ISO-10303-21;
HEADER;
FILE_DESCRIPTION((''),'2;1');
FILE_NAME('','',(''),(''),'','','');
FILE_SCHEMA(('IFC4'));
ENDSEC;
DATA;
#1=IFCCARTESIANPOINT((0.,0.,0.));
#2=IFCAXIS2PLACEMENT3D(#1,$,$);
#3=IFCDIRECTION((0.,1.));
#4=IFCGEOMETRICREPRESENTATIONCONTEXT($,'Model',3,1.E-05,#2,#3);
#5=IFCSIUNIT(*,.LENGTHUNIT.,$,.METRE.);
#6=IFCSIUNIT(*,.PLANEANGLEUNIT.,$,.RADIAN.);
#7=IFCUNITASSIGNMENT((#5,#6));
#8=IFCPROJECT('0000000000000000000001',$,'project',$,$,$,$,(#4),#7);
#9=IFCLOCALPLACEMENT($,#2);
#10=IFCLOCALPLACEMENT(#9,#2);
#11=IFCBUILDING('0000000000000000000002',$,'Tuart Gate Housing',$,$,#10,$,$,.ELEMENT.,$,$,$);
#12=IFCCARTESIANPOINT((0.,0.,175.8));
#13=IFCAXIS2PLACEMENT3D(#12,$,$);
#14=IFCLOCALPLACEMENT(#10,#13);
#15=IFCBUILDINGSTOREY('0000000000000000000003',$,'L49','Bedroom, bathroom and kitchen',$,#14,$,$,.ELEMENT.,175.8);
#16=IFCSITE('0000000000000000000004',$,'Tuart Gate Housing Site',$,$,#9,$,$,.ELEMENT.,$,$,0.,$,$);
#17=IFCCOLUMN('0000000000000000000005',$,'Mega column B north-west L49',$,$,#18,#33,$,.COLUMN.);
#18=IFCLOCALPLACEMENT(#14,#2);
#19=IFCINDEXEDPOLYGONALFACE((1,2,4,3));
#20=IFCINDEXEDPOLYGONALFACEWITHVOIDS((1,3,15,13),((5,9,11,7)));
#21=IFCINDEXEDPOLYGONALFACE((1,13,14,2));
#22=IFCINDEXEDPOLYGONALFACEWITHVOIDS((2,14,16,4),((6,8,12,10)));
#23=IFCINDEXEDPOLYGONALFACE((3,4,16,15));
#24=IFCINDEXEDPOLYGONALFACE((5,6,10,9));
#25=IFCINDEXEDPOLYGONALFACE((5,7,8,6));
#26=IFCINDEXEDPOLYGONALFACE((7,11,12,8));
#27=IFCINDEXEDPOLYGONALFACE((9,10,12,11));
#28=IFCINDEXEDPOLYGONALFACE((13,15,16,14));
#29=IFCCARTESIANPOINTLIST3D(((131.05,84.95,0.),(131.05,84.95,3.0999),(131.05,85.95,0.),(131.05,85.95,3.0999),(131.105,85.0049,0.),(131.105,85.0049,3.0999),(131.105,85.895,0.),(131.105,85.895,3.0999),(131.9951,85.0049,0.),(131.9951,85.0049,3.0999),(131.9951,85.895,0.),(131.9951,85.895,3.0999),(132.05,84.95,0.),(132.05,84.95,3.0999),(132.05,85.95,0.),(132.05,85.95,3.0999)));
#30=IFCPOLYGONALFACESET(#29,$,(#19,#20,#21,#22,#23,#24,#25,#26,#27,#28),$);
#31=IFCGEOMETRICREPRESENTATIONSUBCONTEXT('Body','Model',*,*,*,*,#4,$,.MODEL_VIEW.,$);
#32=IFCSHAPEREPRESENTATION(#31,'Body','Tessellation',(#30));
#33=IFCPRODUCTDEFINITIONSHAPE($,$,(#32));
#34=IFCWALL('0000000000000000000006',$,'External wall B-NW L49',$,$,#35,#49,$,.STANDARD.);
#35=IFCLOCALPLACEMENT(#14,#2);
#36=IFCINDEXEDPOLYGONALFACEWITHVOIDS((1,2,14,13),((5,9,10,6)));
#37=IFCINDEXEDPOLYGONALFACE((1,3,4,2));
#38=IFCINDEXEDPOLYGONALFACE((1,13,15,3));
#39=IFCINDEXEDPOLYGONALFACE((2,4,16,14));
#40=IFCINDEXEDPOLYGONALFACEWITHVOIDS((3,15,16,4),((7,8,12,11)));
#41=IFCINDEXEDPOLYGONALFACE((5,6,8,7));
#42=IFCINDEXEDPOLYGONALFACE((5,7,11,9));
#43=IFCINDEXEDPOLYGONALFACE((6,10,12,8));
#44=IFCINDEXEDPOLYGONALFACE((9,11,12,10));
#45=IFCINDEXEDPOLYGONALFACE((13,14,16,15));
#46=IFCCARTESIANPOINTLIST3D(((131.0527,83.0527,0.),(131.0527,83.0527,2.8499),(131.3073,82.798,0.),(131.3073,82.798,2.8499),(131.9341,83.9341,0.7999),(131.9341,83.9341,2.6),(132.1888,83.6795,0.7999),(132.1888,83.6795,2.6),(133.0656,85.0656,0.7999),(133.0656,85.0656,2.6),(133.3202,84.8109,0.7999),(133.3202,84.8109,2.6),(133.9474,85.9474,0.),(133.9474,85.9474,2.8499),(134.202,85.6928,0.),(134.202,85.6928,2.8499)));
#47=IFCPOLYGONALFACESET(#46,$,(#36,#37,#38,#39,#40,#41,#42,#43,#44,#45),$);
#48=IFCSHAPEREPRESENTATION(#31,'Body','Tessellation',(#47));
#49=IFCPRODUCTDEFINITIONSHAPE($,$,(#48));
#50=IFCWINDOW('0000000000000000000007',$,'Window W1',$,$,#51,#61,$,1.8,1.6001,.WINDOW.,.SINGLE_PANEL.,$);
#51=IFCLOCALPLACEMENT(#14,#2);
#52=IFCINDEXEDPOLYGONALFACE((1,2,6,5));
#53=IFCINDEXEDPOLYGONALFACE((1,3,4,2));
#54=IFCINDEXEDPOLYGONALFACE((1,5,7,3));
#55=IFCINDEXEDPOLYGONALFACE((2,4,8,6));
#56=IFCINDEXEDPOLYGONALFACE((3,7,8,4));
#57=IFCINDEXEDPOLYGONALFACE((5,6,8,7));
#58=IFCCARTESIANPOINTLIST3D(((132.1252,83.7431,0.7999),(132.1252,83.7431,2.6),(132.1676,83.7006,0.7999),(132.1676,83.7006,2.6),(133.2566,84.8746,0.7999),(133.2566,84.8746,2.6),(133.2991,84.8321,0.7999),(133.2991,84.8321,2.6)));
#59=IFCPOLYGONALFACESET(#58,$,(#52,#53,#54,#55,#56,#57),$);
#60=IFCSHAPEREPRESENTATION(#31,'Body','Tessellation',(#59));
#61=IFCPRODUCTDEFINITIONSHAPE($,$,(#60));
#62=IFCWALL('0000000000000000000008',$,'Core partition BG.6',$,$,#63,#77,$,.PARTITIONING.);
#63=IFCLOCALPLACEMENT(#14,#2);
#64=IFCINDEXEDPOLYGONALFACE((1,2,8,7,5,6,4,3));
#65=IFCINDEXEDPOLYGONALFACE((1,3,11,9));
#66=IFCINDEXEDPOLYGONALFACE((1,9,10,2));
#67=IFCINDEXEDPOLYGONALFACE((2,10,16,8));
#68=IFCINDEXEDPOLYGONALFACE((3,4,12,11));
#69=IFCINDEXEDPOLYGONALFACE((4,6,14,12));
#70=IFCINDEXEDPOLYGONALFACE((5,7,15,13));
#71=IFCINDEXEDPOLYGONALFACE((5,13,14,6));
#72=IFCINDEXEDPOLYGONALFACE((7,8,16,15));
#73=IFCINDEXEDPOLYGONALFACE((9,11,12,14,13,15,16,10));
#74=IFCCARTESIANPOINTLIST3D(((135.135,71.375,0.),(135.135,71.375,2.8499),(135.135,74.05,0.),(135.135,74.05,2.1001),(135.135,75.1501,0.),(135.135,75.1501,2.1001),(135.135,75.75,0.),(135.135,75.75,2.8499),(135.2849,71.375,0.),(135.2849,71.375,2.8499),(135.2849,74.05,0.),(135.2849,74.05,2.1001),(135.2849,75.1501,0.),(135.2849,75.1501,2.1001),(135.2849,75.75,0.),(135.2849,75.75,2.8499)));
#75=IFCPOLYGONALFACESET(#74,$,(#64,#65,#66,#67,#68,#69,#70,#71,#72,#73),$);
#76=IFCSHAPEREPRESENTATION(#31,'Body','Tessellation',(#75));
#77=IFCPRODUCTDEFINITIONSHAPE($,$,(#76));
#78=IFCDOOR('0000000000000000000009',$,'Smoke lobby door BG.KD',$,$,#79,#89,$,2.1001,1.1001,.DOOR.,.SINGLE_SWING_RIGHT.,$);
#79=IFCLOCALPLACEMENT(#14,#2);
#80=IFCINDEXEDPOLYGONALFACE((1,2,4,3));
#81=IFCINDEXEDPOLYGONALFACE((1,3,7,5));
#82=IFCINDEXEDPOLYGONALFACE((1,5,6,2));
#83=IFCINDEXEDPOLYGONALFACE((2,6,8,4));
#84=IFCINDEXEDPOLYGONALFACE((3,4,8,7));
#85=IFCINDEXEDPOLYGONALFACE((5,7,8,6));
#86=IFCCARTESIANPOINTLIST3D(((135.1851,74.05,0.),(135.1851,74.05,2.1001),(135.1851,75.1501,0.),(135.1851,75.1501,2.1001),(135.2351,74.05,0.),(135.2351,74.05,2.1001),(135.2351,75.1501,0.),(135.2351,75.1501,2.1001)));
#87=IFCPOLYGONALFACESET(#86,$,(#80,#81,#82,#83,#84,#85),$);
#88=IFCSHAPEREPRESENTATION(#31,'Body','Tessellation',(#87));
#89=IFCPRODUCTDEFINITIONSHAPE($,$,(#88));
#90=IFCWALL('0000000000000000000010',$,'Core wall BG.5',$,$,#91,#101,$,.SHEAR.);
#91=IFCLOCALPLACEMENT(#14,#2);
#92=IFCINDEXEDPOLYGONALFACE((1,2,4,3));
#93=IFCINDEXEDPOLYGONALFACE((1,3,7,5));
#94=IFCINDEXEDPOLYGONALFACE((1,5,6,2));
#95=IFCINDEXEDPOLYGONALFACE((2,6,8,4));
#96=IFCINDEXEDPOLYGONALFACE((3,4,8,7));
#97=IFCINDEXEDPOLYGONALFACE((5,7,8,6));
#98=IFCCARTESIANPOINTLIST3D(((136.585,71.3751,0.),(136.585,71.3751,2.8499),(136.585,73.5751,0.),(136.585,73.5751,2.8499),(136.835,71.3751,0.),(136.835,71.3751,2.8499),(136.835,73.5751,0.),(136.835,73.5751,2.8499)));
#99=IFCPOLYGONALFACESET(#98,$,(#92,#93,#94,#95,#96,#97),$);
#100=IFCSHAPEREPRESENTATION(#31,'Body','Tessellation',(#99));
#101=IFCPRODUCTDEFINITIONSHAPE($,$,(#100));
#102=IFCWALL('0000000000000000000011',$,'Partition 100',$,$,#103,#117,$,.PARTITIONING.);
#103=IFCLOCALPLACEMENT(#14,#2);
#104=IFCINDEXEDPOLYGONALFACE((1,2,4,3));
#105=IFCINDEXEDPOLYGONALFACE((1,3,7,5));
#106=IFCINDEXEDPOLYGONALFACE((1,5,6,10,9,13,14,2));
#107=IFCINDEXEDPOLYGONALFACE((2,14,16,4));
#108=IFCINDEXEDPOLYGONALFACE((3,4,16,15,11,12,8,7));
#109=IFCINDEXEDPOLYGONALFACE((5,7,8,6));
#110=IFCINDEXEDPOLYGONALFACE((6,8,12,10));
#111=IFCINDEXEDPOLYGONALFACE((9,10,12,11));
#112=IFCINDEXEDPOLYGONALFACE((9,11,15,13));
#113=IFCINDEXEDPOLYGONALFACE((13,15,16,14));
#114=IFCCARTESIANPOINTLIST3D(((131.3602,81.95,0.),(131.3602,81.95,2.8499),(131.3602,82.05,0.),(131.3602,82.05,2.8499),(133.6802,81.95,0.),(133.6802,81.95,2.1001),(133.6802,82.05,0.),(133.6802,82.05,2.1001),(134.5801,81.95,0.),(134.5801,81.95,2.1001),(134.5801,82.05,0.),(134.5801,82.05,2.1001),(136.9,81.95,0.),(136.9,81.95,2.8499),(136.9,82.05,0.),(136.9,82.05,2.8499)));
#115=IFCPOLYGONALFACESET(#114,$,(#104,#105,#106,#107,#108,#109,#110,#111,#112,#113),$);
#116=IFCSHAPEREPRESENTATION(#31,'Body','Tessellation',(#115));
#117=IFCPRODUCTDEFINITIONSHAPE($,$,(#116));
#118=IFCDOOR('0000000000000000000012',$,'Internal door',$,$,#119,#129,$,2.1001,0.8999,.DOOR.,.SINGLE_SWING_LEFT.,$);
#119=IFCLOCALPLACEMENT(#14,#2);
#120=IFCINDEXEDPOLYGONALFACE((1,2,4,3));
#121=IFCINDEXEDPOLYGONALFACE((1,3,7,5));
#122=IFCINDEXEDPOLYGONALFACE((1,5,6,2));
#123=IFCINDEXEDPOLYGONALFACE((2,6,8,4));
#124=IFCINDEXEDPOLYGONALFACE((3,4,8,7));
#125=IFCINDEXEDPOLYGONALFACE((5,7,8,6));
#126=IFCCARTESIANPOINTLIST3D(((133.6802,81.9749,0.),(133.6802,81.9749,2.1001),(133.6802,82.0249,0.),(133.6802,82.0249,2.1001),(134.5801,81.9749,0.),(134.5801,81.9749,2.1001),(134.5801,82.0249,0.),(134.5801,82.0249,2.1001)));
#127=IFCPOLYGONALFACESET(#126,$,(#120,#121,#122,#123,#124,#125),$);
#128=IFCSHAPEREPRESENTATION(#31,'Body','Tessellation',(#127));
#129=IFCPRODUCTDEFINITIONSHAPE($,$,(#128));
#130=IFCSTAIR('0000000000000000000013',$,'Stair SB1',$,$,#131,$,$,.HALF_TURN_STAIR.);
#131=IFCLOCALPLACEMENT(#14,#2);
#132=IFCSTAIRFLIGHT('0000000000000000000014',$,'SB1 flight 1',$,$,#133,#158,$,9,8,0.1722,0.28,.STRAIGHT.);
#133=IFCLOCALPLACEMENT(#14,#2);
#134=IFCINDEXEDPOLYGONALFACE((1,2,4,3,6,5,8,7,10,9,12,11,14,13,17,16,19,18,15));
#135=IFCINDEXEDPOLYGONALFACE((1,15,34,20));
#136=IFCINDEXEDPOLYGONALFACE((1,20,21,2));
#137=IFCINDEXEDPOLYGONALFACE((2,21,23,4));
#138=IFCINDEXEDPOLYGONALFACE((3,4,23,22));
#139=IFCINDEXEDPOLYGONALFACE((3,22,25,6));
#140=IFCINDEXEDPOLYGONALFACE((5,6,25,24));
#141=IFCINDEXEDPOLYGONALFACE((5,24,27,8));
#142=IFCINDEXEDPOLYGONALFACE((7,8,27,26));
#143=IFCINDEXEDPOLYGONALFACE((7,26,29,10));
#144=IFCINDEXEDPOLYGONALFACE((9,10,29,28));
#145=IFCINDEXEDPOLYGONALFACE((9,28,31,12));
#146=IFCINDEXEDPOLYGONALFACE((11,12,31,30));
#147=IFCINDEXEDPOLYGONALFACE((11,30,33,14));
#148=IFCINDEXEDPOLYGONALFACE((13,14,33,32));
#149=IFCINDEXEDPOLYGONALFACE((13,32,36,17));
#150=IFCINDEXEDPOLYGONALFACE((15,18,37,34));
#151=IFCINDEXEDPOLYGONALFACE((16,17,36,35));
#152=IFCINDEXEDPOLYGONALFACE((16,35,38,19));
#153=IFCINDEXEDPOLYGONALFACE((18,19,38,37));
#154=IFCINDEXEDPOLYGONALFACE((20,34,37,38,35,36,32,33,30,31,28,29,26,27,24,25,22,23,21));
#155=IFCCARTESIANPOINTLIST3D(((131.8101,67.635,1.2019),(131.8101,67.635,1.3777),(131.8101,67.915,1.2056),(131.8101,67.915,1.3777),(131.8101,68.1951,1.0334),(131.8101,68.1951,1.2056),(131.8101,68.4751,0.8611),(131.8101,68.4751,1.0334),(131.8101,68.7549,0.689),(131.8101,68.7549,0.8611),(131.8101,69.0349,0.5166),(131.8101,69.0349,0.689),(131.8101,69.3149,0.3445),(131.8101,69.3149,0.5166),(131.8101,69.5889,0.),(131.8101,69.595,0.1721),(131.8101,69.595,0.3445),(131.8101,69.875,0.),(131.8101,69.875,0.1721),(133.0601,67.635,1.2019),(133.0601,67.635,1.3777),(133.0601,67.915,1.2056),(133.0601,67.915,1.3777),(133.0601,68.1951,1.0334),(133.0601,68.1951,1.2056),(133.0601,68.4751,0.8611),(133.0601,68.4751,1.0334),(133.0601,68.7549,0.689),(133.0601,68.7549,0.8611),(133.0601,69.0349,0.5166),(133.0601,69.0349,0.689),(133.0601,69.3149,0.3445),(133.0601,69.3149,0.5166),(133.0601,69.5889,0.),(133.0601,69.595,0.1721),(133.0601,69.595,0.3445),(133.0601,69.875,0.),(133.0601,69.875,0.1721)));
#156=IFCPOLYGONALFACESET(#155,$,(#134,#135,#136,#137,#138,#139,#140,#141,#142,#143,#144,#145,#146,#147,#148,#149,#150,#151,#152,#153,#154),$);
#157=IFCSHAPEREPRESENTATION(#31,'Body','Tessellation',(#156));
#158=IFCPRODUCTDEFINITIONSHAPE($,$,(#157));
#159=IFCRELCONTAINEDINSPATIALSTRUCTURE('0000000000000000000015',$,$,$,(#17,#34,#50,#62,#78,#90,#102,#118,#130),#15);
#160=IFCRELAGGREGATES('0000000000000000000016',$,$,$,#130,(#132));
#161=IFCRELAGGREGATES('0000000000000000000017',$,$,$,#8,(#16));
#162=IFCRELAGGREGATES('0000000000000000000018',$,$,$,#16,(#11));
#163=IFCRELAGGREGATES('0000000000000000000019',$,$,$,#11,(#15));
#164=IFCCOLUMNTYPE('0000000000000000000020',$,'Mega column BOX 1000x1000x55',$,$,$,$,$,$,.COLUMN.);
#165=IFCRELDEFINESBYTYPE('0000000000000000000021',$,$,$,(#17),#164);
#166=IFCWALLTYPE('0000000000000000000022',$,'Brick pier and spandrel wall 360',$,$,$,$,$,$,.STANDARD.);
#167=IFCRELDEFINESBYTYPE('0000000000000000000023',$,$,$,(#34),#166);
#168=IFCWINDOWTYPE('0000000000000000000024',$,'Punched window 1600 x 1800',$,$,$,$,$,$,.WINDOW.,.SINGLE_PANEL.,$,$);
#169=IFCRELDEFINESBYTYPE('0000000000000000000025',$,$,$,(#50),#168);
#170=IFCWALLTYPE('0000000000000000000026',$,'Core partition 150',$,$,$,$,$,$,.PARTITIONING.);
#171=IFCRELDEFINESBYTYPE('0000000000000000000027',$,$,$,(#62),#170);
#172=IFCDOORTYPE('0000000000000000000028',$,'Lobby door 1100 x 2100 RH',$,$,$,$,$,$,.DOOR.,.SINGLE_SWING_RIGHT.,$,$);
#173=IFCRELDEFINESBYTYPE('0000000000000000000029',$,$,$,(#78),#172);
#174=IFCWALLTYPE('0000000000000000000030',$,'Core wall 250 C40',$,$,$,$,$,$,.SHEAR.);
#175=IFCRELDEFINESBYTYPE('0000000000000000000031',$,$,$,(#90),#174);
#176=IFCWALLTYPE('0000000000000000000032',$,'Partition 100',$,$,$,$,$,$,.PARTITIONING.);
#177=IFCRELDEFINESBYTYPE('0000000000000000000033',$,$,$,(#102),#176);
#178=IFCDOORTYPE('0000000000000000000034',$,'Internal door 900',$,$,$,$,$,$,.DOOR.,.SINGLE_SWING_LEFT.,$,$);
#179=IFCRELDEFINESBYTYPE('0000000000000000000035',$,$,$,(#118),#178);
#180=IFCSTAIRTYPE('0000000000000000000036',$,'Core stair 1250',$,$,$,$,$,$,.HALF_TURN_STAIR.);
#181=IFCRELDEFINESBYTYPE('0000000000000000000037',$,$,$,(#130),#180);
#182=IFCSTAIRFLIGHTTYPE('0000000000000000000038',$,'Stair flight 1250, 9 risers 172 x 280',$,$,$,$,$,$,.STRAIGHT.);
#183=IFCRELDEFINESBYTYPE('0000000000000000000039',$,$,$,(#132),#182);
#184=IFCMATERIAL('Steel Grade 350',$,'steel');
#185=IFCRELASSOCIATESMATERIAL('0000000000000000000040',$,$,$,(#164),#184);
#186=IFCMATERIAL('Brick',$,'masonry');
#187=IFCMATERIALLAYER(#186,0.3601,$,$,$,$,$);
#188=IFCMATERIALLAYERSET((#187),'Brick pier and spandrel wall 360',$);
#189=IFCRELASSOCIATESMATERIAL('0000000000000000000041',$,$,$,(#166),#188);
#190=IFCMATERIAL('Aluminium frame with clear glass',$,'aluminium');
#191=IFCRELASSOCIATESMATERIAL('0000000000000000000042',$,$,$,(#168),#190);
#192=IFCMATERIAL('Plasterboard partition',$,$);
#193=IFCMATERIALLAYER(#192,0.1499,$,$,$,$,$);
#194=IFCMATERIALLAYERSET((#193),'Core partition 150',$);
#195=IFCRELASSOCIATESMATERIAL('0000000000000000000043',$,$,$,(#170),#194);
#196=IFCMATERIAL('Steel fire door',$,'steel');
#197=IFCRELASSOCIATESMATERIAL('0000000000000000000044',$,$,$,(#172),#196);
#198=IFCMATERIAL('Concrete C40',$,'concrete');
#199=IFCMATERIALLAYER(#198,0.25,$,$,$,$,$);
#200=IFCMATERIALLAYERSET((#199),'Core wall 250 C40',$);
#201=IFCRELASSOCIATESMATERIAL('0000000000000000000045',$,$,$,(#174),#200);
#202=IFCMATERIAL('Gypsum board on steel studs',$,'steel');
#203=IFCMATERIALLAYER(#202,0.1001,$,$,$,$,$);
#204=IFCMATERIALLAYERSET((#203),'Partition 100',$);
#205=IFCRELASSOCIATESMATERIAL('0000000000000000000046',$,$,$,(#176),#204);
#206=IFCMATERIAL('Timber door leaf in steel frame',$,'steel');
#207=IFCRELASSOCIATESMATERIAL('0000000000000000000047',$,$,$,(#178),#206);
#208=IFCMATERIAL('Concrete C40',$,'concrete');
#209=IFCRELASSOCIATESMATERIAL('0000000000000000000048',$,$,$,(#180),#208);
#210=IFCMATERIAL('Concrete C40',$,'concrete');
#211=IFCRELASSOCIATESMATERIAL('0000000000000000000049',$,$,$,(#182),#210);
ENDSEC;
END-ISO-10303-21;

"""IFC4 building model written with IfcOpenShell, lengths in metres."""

from ifc_helpers import new_model, si_unit, direction, frame, frame_2d, origin, origin_2d, place, context, subcontext, project, spatial, polyline, rectangle, hollow_rectangle, outline, extrude, material, layer, layer_set, material_profile, profile_set, type_object, element, fill, aggregate, save


model = new_model("IFC4")

# Units and contexts
model_context = context("Model", 3, precision=1e-05, world=origin(), true_north=direction((0.0, 1.0)))
body_context = subcontext(model_context, "Body", "Model", "MODEL_VIEW")
ifc_project = project(units=[si_unit("LENGTHUNIT", "METRE"), si_unit("PLANEANGLEUNIT", "RADIAN")], contexts=[model_context])

# Site, building, storey
site_placement = place(None, origin())
site = spatial("IfcSite", under=ifc_project, at=site_placement, Name="Tuart Gate Housing Site", CompositionType="ELEMENT", RefElevation=0.0)
building_placement = place(site_placement, origin())
building = spatial("IfcBuilding", under=site, at=building_placement, Name="Tuart Gate Housing", CompositionType="ELEMENT")
storey_placement = place(building_placement, frame((0.0, 0.0, 175.8)))
storey = spatial("IfcBuildingStorey", under=building, at=storey_placement, Name="L49", Description="Bedroom, bathroom and kitchen", CompositionType="ELEMENT", Elevation=175.8)

# Column
ifc_material_1 = material(Name="Steel Grade 350", Category="steel")
ifc_material_profile = material_profile(ifc_material_1, hollow_rectangle(XDim=1.0, YDim=1.0, WallThickness=0.0549, at=origin_2d()), Name="BOX 1000x1000x55")
ifc_profile_set = profile_set([ifc_material_profile], Name="Steel Grade 350")
column_type = type_object("IfcColumnType", Name="Mega column BOX 1000x1000x55", PredefinedType="COLUMN", material=ifc_profile_set)
column_placement = place(storey_placement, frame((131.55, 85.45, 0.0), z_axis=(0.0, 0.0, 1.0), x_axis=(1.0, 0.0, 0.0)))
element("IfcColumn", 1, at=column_placement, inside=storey, type_object=column_type, Name="Mega column B north-west L49", PredefinedType="COLUMN", context=body_context, shape_type="SweptSolid", body=[
    extrude(hollow_rectangle(XDim=1.0, YDim=1.0, WallThickness=0.0549, at=origin_2d()), origin(), (0.0, 0.0, 1.0), 3.0999),
])

# Wall, opening, window
ifc_material_2 = material(Name="Brick", Category="masonry")
ifc_layer_1 = layer(ifc_material_2, 0.3601)
ifc_layer_set_1 = layer_set([ifc_layer_1], Name="Brick pier and spandrel wall 360")
wall_type_1 = type_object("IfcWallType", Name="Brick pier and spandrel wall 360", PredefinedType="STANDARD", material=ifc_layer_set_1)
wall_1_placement = place(storey_placement, frame((134.0747, 85.8201, 0.0), z_axis=(0.0, 0.0, 1.0), x_axis=(-0.707107, -0.707107, 0.0)))
wall_1 = element("IfcWall", 2, at=wall_1_placement, inside=storey, type_object=wall_type_1, Name="External wall B-NW L49", PredefinedType="STANDARD", context=body_context, shape_type="SweptSolid", body=[
    extrude(rectangle(XDim=4.0938, YDim=0.3601, at=frame_2d((2.0469, 0.0))), origin(), (0.0, 0.0, 1.0), 2.8499),
])
opening_1_placement = place(wall_1_placement, frame((1.2471, 0.0, 0.8)))
opening_1 = element("IfcOpeningElement", 3, at=opening_1_placement, cuts=wall_1, PredefinedType="OPENING", context=body_context, shape_type="SweptSolid", body=[
    extrude(rectangle(XDim=1.6001, YDim=1.8, at=frame_2d((0.8, 0.8999))), frame((0.0, 0.1899, 0.0), z_axis=(0.0, -1.0, 0.0), x_axis=(1.0, 0.0, 0.0)), (0.0, 0.0, 1.0), 0.3801),
])
ifc_material_3 = material(Name="Aluminium frame with clear glass", Category="aluminium")
window_type = type_object("IfcWindowType", Name="Punched window 1600 x 1800", PartitioningType="SINGLE_PANEL", PredefinedType="WINDOW", material=ifc_material_3)
window_placement = place(opening_1_placement, origin())
window = element("IfcWindow", 4, at=window_placement, inside=storey, type_object=window_type, Name="Window W1", OverallHeight=1.8, OverallWidth=1.6001, PartitioningType="SINGLE_PANEL", PredefinedType="WINDOW", context=body_context, shape_type="SweptSolid", body=[
    extrude(rectangle(XDim=1.6001, YDim=1.8, at=frame_2d((0.8, 0.8999))), frame((0.0, 0.1501, 0.0), z_axis=(0.0, -1.0, 0.0), x_axis=(1.0, 0.0, 0.0)), (0.0, 0.0, 1.0), 0.0601),
])
fill(opening_1, window)

# Wall, opening, door
ifc_material_4 = material(Name="Plasterboard partition")
ifc_layer_2 = layer(ifc_material_4, 0.1499)
ifc_layer_set_2 = layer_set([ifc_layer_2], Name="Core partition 150")
wall_type_2 = type_object("IfcWallType", Name="Core partition 150", PredefinedType="PARTITIONING", material=ifc_layer_set_2)
wall_2_placement = place(storey_placement, frame((135.21, 71.375, 0.0), z_axis=(0.0, 0.0, 1.0), x_axis=(0.0, 1.0, 0.0)))
wall_2 = element("IfcWall", 5, at=wall_2_placement, inside=storey, type_object=wall_type_2, Name="Core partition BG.6", PredefinedType="PARTITIONING", context=body_context, shape_type="SweptSolid", body=[
    extrude(rectangle(XDim=4.375, YDim=0.1499, at=frame_2d((2.1875, 0.0))), origin(), (0.0, 0.0, 1.0), 2.8499),
])
opening_2_placement = place(wall_2_placement, frame((2.675, 0.0, 0.0)))
opening_2 = element("IfcOpeningElement", 6, at=opening_2_placement, cuts=wall_2, PredefinedType="OPENING", context=body_context, shape_type="SweptSolid", body=[
    extrude(rectangle(XDim=1.1001, YDim=2.1001, at=frame_2d((0.55, 1.05))), frame((0.0, 0.085, 0.0), z_axis=(0.0, -1.0, 0.0), x_axis=(1.0, 0.0, 0.0)), (0.0, 0.0, 1.0), 0.1699),
])
ifc_material_5 = material(Name="Steel fire door", Category="steel")
door_type_1 = type_object("IfcDoorType", Name="Lobby door 1100 x 2100 RH", OperationType="SINGLE_SWING_RIGHT", PredefinedType="DOOR", material=ifc_material_5)
door_1_placement = place(opening_2_placement, origin())
door_1 = element("IfcDoor", 7, at=door_1_placement, inside=storey, type_object=door_type_1, Name="Smoke lobby door BG.KD", OperationType="SINGLE_SWING_RIGHT", OverallHeight=2.1001, OverallWidth=1.1001, PredefinedType="DOOR", context=body_context, shape_type="SweptSolid", body=[
    extrude(rectangle(XDim=1.1001, YDim=2.1001, at=frame_2d((0.55, 1.05))), frame((0.0, 0.0249, 0.0), z_axis=(0.0, -1.0, 0.0), x_axis=(1.0, 0.0, 0.0)), (0.0, 0.0, 1.0), 0.05),
])
fill(opening_2, door_1)

# Wall
ifc_material_6 = material(Name="Concrete C40", Category="concrete")
ifc_layer_3 = layer(ifc_material_6, 0.25)
ifc_layer_set_3 = layer_set([ifc_layer_3], Name="Core wall 250 C40")
wall_type_3 = type_object("IfcWallType", Name="Core wall 250 C40", PredefinedType="SHEAR", material=ifc_layer_set_3)
wall_3_placement = place(storey_placement, frame((136.71, 71.375, 0.0), z_axis=(0.0, 0.0, 1.0), x_axis=(0.0, 1.0, 0.0)))
element("IfcWall", 8, at=wall_3_placement, inside=storey, type_object=wall_type_3, Name="Core wall BG.5", PredefinedType="SHEAR", context=body_context, shape_type="SweptSolid", body=[
    extrude(rectangle(XDim=2.2, YDim=0.25, at=frame_2d((1.1001, 0.0))), origin(), (0.0, 0.0, 1.0), 2.8499),
])

# Wall, opening, door
ifc_material_7 = material(Name="Gypsum board on steel studs", Category="steel")
ifc_layer_4 = layer(ifc_material_7, 0.1001)
ifc_layer_set_4 = layer_set([ifc_layer_4], Name="Partition 100")
wall_type_4 = type_object("IfcWallType", Name="Partition 100", PredefinedType="PARTITIONING", material=ifc_layer_set_4)
wall_4_placement = place(storey_placement, frame((131.3601, 82.0, 0.0), z_axis=(0.0, 0.0, 1.0), x_axis=(1.0, 0.0, 0.0)))
wall_4 = element("IfcWall", 9, at=wall_4_placement, inside=storey, type_object=wall_type_4, Name="Partition 100", PredefinedType="PARTITIONING", context=body_context, shape_type="SweptSolid", body=[
    extrude(rectangle(XDim=5.5398, YDim=0.1001, at=frame_2d((2.77, 0.0))), origin(), (0.0, 0.0, 1.0), 2.8499),
])
opening_3_placement = place(wall_4_placement, frame((2.3201, 0.0, 0.0)))
opening_3 = element("IfcOpeningElement", 10, at=opening_3_placement, cuts=wall_4, PredefinedType="OPENING", context=body_context, shape_type="SweptSolid", body=[
    extrude(rectangle(XDim=0.8999, YDim=2.1001, at=frame_2d((0.45, 1.05))), frame((0.0, 0.0601, 0.0), z_axis=(0.0, -1.0, 0.0), x_axis=(1.0, 0.0, 0.0)), (0.0, 0.0, 1.0), 0.1201),
])
ifc_material_8 = material(Name="Timber door leaf in steel frame", Category="steel")
door_type_2 = type_object("IfcDoorType", Name="Internal door 900", OperationType="SINGLE_SWING_LEFT", PredefinedType="DOOR", material=ifc_material_8)
door_2_placement = place(opening_3_placement, origin())
door_2 = element("IfcDoor", 11, at=door_2_placement, inside=storey, type_object=door_type_2, Name="Internal door", OperationType="SINGLE_SWING_LEFT", OverallHeight=2.1001, OverallWidth=0.8999, PredefinedType="DOOR", context=body_context, shape_type="SweptSolid", body=[
    extrude(rectangle(XDim=0.8999, YDim=2.1001, at=frame_2d((0.45, 1.05))), frame((0.0, 0.0249, 0.0), z_axis=(0.0, -1.0, 0.0), x_axis=(1.0, 0.0, 0.0)), (0.0, 0.0, 1.0), 0.05),
])
fill(opening_3, door_2)

# Stair, stair flight
ifc_material_9 = material(Name="Concrete C40", Category="concrete")
stair_type = type_object("IfcStairType", Name="Core stair 1250", PredefinedType="HALF_TURN_STAIR", material=ifc_material_9)
stair_placement = place(storey_placement, origin())
stair = element("IfcStair", 12, at=stair_placement, inside=storey, type_object=stair_type, Name="Stair SB1", PredefinedType="HALF_TURN_STAIR")
ifc_material_10 = material(Name="Concrete C40", Category="concrete")
stair_flight_type = type_object("IfcStairFlightType", Name="Stair flight 1250, 9 risers 172 x 280", PredefinedType="STRAIGHT", material=ifc_material_10)
stair_flight_placement = place(storey_placement, frame((132.4351, 69.875, 0.0), z_axis=(0.0, 0.0, 1.0), x_axis=(0.0, -1.0, 0.0)))
stair_flight = element("IfcStairFlight", 13, at=stair_flight_placement, type_object=stair_flight_type, Name="SB1 flight 1", NumberOfRisers=9, NumberOfTreads=8, PredefinedType="STRAIGHT", RiserHeight=0.1722, TreadLength=0.28, context=body_context, shape_type="SweptSolid", body=[
    extrude(outline(polyline([(0.0, 0.0), (0.0, 0.1721), (0.28, 0.1721), (0.28, 0.3445), (0.5601, 0.3445), (0.5601, 0.5166), (0.8401, 0.5166), (0.8401, 0.689), (1.1201, 0.689), (1.1201, 0.8611), (1.3999, 0.8611), (1.3999, 1.0334), (1.6799, 1.0334), (1.6799, 1.2056), (1.96, 1.2056), (1.96, 1.3777), (2.24, 1.3777), (2.24, 1.55), (2.24, 1.2019), (0.2861, 0.0), (0.0, 0.0)])), frame((0.0, 0.625, 0.0), z_axis=(0.0, -1.0, 0.0), x_axis=(1.0, 0.0, 0.0)), (0.0, 0.0, 1.0), 1.25),
])
aggregate(stair, [stair_flight])

save(model, "model.ifc")
